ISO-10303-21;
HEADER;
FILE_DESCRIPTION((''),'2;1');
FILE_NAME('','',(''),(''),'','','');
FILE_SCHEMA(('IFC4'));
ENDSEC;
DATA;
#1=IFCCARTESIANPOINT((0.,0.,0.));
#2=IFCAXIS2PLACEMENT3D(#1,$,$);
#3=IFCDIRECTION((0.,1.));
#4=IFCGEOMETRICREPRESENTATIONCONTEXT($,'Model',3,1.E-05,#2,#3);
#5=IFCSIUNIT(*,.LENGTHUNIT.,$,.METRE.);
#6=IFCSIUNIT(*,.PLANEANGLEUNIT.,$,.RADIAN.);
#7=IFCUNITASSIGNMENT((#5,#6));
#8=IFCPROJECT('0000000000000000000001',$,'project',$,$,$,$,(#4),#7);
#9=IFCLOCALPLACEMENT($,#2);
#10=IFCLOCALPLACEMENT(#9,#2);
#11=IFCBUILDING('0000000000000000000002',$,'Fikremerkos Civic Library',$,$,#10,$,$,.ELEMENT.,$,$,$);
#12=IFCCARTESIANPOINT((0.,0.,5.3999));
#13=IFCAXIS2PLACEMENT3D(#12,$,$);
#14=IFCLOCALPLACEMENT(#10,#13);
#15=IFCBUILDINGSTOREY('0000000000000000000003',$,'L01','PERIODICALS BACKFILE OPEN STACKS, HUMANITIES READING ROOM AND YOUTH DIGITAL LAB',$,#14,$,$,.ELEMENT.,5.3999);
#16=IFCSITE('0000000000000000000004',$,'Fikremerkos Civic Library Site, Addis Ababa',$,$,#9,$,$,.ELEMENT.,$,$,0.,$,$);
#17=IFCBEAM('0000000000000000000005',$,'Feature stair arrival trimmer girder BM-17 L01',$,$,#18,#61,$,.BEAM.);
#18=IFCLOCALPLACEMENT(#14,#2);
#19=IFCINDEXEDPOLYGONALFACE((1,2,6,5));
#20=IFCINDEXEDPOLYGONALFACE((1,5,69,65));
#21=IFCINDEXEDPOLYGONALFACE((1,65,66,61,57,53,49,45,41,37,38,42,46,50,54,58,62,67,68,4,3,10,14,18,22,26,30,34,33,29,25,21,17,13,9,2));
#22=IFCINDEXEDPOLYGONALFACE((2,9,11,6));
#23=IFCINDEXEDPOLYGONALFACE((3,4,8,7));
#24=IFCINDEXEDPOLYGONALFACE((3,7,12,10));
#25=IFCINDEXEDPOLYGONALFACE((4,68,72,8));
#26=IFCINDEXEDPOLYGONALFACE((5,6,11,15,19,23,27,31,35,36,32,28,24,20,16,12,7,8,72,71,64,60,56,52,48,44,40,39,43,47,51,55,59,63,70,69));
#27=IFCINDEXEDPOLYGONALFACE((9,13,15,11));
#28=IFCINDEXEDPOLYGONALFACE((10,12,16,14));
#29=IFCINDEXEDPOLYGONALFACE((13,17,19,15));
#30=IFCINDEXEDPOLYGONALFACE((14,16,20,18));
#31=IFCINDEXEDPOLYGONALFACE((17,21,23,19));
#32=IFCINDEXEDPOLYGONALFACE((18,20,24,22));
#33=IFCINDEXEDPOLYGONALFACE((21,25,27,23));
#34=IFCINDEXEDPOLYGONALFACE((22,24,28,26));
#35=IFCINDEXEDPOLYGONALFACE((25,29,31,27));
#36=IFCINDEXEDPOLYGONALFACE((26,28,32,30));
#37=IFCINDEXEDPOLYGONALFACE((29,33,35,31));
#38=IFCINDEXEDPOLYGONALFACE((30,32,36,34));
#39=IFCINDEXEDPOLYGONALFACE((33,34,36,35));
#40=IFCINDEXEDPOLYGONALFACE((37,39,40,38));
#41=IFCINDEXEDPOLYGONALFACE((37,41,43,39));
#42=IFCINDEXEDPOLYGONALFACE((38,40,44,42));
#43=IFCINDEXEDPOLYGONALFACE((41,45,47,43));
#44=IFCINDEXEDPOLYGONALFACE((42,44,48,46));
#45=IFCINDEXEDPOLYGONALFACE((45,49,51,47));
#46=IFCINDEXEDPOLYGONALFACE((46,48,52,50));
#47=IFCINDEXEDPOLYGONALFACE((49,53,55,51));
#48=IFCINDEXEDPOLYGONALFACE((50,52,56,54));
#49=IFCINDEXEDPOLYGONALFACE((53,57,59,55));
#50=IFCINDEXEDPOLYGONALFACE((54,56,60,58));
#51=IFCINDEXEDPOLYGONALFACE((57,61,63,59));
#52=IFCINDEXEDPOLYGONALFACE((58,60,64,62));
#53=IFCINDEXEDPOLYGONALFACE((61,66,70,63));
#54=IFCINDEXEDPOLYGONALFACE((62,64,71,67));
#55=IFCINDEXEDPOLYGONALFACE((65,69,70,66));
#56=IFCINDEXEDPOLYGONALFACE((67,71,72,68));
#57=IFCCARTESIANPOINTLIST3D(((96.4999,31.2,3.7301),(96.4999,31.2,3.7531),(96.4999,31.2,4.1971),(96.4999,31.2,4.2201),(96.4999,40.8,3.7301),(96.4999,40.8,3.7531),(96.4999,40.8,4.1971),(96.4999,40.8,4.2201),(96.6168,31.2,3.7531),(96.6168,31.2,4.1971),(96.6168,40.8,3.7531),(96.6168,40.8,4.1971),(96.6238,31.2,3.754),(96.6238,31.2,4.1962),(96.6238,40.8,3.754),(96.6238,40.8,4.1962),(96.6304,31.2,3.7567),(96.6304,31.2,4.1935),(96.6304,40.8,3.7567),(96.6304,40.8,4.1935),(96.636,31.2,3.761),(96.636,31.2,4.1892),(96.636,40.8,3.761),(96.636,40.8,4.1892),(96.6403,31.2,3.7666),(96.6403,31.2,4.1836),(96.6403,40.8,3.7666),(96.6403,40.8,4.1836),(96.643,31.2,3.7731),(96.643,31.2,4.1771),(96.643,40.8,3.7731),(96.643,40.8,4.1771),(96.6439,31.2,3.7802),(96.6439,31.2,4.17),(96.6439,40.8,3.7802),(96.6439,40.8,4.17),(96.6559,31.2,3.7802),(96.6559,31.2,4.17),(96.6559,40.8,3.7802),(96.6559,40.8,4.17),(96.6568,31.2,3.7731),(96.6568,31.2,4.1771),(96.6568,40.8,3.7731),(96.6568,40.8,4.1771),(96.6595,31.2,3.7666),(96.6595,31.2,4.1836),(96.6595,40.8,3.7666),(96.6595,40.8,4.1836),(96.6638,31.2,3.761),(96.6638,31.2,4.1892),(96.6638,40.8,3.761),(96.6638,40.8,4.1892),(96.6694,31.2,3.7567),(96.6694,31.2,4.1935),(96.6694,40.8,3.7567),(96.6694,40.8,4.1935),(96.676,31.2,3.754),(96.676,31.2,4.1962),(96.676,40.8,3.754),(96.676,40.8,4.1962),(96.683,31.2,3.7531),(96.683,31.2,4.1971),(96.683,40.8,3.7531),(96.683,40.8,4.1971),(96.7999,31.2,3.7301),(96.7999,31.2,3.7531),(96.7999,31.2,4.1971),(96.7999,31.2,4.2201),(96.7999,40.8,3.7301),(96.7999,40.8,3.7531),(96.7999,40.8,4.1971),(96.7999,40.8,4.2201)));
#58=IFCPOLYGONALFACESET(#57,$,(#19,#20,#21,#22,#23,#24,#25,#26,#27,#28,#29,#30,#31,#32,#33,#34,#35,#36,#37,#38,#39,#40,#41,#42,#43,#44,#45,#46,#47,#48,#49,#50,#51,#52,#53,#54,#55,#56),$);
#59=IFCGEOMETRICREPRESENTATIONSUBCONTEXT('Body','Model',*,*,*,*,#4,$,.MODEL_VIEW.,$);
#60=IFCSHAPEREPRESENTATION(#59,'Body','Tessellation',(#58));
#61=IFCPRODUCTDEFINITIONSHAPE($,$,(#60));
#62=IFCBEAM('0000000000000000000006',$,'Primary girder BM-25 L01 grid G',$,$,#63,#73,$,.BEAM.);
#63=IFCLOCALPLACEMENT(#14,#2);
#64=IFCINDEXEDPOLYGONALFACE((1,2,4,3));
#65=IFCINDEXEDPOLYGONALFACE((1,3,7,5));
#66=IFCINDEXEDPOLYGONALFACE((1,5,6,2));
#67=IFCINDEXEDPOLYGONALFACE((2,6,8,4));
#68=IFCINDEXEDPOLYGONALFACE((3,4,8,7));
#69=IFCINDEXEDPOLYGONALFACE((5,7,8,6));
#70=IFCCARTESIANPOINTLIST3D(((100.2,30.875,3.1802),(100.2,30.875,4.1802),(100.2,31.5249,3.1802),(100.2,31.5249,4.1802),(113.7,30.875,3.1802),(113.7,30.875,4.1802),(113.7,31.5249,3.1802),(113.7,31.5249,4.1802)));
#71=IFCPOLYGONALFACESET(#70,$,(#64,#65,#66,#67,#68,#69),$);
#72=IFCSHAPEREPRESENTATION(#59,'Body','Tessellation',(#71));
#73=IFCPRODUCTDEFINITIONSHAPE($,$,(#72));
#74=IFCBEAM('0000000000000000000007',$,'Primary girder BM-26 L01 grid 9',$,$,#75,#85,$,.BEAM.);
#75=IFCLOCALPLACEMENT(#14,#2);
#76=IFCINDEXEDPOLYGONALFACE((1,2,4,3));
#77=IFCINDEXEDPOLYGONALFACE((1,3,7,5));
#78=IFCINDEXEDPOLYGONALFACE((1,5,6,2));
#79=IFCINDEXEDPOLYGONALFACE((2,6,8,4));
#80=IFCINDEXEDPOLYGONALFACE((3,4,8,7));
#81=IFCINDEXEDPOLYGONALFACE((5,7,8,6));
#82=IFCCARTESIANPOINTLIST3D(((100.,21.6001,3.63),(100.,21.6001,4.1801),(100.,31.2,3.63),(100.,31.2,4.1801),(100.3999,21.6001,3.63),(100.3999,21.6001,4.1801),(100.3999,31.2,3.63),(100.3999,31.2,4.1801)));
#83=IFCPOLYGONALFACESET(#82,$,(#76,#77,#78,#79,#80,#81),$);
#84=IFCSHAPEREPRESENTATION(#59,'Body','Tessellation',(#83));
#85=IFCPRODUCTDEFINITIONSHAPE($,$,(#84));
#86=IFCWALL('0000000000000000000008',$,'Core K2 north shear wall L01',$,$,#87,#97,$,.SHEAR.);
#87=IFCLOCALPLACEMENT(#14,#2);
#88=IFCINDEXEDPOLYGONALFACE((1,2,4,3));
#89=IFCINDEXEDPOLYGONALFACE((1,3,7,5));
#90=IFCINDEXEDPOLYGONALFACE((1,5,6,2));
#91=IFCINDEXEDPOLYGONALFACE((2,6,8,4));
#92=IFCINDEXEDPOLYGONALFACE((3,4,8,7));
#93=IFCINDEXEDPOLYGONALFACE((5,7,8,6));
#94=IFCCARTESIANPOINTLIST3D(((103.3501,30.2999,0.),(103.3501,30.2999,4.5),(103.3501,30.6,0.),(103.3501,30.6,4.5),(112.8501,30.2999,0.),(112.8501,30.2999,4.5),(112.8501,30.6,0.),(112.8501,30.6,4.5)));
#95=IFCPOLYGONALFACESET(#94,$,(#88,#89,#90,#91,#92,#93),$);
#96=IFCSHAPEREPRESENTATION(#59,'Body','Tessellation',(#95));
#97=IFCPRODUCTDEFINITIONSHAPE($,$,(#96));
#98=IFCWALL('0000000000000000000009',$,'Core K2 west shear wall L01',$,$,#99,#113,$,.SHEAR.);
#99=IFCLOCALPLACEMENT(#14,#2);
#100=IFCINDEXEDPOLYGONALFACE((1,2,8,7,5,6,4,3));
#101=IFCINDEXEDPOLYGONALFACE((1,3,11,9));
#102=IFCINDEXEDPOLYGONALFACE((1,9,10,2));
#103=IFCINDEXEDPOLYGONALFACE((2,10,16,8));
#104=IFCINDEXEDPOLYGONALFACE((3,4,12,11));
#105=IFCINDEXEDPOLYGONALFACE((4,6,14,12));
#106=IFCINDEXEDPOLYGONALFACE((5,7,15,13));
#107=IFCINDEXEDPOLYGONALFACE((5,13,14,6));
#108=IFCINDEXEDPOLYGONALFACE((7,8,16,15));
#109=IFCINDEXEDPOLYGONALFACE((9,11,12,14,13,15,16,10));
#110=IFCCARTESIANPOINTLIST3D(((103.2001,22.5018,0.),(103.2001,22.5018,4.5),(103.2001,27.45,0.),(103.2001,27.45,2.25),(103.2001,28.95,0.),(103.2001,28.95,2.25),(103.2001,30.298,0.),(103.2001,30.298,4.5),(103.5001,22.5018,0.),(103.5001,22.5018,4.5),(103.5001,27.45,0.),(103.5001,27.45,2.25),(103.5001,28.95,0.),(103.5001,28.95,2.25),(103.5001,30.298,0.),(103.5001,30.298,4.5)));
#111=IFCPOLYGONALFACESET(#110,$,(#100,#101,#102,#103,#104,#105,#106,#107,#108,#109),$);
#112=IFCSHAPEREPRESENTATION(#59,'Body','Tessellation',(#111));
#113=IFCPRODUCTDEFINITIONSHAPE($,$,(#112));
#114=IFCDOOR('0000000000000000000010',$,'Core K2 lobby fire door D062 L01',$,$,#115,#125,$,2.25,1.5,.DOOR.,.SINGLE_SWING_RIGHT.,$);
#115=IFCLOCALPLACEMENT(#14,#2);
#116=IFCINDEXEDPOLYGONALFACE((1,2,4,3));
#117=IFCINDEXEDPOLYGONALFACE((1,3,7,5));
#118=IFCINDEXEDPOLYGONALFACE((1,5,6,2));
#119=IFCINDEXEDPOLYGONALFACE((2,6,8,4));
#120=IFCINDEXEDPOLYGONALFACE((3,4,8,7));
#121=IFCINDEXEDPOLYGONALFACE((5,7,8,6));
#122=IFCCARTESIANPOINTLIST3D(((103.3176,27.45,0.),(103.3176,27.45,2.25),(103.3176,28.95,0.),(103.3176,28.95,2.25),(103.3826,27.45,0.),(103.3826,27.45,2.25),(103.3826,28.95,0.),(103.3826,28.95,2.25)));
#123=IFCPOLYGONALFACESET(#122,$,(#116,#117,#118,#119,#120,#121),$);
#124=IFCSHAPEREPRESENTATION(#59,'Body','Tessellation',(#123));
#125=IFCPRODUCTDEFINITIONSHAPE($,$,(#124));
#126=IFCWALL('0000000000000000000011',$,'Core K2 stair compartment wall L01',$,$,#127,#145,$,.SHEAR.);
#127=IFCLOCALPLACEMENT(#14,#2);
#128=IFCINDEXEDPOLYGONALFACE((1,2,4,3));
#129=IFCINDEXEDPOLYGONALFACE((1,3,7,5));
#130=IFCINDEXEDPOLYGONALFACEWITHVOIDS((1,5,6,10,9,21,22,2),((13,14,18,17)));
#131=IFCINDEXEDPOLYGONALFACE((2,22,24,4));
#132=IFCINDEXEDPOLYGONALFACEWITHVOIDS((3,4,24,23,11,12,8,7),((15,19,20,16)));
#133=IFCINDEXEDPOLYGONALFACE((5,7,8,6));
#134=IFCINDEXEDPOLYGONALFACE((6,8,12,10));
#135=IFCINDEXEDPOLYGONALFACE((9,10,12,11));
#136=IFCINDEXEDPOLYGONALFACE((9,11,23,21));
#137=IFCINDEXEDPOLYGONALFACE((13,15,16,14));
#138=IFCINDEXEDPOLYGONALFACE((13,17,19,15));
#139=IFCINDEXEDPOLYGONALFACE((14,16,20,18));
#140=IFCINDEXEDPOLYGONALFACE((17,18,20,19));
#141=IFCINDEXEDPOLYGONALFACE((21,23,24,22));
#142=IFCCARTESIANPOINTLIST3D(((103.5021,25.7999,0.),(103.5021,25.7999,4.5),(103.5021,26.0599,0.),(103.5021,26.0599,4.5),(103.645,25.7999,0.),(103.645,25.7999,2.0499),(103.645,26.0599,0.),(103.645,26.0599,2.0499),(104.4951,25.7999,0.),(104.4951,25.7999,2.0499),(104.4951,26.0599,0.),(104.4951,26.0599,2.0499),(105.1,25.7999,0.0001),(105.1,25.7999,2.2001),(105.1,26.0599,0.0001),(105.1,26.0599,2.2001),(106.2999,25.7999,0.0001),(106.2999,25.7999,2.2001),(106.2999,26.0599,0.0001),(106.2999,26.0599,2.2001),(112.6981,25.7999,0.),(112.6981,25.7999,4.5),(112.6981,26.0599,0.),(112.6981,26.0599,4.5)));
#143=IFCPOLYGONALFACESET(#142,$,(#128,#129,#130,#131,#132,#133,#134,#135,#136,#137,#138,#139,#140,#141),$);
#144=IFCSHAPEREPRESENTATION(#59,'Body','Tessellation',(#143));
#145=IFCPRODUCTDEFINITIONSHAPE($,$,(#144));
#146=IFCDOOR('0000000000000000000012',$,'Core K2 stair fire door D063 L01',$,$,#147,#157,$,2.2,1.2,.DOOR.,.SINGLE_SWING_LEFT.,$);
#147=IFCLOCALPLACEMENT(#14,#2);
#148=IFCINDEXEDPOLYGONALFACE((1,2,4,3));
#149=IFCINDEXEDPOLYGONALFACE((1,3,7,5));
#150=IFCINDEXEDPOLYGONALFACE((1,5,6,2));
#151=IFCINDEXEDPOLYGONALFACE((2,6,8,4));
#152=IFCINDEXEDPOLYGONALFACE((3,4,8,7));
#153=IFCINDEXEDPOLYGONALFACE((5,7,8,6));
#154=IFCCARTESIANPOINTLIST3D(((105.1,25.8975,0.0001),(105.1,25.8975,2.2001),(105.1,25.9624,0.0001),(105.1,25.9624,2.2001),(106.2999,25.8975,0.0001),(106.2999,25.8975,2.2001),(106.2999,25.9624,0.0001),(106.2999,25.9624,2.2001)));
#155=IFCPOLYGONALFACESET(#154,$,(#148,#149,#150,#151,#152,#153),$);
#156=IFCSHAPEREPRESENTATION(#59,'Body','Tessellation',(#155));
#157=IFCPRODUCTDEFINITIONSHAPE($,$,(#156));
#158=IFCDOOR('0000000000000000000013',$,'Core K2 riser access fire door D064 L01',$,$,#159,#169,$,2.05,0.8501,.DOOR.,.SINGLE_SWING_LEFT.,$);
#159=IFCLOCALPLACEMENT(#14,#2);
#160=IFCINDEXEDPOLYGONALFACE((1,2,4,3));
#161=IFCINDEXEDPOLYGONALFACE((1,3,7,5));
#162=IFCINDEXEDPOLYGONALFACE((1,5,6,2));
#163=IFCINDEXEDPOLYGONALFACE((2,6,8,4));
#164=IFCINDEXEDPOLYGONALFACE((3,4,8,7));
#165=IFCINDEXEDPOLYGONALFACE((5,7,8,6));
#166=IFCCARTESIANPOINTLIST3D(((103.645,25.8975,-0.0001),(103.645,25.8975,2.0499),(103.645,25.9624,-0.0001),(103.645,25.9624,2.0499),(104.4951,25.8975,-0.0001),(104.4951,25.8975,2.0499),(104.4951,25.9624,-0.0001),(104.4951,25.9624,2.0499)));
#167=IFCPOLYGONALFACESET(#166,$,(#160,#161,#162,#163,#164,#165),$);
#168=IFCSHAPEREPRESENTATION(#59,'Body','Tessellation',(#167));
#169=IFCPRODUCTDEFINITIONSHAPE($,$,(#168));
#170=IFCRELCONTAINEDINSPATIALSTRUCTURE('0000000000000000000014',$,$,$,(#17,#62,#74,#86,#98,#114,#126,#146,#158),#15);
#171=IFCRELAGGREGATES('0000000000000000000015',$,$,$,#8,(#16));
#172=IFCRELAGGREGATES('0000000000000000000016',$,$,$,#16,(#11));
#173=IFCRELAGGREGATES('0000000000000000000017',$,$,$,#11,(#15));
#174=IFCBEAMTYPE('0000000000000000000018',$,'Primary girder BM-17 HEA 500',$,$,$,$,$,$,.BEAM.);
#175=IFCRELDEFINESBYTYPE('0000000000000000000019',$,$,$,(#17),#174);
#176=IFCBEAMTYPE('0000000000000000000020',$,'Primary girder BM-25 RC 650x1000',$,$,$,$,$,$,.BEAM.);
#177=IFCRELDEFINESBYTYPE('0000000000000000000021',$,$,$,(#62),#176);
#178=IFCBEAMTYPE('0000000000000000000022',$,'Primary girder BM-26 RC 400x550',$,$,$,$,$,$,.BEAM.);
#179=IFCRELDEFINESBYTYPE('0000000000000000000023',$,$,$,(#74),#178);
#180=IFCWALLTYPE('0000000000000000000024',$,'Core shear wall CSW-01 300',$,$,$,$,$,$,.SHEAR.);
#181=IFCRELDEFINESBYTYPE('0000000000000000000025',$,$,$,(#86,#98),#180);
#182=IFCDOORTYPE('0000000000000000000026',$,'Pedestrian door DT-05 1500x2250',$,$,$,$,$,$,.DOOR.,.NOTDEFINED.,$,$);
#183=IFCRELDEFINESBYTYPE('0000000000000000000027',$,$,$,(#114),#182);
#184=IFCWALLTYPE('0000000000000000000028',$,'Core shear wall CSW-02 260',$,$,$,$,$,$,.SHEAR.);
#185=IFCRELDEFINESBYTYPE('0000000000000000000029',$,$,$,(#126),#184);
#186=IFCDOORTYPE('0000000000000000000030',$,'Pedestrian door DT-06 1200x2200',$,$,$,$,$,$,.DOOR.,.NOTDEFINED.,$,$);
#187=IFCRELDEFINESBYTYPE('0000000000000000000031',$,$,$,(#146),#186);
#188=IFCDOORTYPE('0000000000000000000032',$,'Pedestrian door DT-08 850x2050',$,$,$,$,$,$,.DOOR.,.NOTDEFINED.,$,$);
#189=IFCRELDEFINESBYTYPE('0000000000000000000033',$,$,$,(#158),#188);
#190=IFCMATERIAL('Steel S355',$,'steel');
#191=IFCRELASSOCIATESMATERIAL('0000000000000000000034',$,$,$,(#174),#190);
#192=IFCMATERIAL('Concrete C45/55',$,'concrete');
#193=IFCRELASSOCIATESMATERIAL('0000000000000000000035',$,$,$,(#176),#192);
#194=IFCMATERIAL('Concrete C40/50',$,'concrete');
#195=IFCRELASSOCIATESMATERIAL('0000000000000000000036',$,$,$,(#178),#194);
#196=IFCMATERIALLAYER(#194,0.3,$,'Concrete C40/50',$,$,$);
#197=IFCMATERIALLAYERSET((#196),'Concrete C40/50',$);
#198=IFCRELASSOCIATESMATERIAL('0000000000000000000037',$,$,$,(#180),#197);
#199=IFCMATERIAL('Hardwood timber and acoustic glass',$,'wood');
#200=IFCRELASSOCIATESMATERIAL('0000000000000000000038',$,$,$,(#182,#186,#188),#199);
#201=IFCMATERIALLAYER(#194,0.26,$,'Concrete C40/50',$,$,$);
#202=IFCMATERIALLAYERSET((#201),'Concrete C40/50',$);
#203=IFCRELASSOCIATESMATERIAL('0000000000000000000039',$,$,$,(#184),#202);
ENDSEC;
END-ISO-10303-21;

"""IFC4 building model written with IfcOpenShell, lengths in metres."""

from ifc_helpers import new_model, si_unit, direction, frame, frame_2d, origin, origin_2d, place, context, subcontext, project, spatial, rectangle, i_section, extrude, material, layer, layer_set, material_profile, profile_set, type_object, element, fill, save


model = new_model("IFC4")

# Units and contexts
model_context = context("Model", 3, precision=1e-05, world=origin(), true_north=direction((0.0, 1.0)))
body_context = subcontext(model_context, "Body", "Model", "MODEL_VIEW")
ifc_project = project(units=[si_unit("LENGTHUNIT", "METRE"), si_unit("PLANEANGLEUNIT", "RADIAN")], contexts=[model_context])

# Site, building, storey
site_placement = place(None, origin())
site = spatial("IfcSite", under=ifc_project, at=site_placement, Name="Fikremerkos Civic Library Site, Addis Ababa", CompositionType="ELEMENT", RefElevation=0.0)
building_placement = place(site_placement, origin())
building = spatial("IfcBuilding", under=site, at=building_placement, Name="Fikremerkos Civic Library", CompositionType="ELEMENT")
storey_placement = place(building_placement, frame((0.0, 0.0, 5.3999)))
storey = spatial("IfcBuildingStorey", under=building, at=storey_placement, Name="L01", Description="PERIODICALS BACKFILE OPEN STACKS, HUMANITIES READING ROOM AND YOUTH DIGITAL LAB", CompositionType="ELEMENT", Elevation=5.3999)

# Shared definitions
ifc_material_1 = material(Name="Concrete C40/50", Category="concrete")

# Beams
ifc_material_2 = material(Name="Steel S355", Category="steel")
ifc_material_profile_1 = material_profile(ifc_material_2, i_section(OverallWidth=0.3, OverallDepth=0.49, WebThickness=0.012, FlangeThickness=0.0229, FilletRadius=0.0271, at=origin_2d()), Name="HEA 500")
ifc_profile_set_1 = profile_set([ifc_material_profile_1], Name="Steel S355")
beam_type_1 = type_object("IfcBeamType", Name="Primary girder BM-17 HEA 500", PredefinedType="BEAM", material=ifc_profile_set_1)
beam_1_placement = place(storey_placement, frame((96.6499, 31.2, 3.9751), z_axis=(0.0, 1.0, 0.0), x_axis=(-1.0, 0.0, 0.0)))
element("IfcBeam", 1, at=beam_1_placement, inside=storey, type_object=beam_type_1, Name="Feature stair arrival trimmer girder BM-17 L01", PredefinedType="BEAM", context=body_context, shape_type="SweptSolid", body=[
    extrude(i_section(OverallWidth=0.3, OverallDepth=0.49, WebThickness=0.012, FlangeThickness=0.0229, FilletRadius=0.0271, at=origin_2d()), origin(), (0.0, 0.0, 1.0), 9.6001),
])
ifc_material_3 = material(Name="Concrete C45/55", Category="concrete")
ifc_material_profile_2 = material_profile(ifc_material_3, rectangle(XDim=0.6499, YDim=1.0, at=origin_2d()), Name="RC 650x1000")
ifc_profile_set_2 = profile_set([ifc_material_profile_2], Name="Concrete C45/55")
beam_type_2 = type_object("IfcBeamType", Name="Primary girder BM-25 RC 650x1000", PredefinedType="BEAM", material=ifc_profile_set_2)
beam_2_placement = place(storey_placement, frame((100.2, 31.2, 3.6802), z_axis=(1.0, 0.0, 0.0), x_axis=(0.0, 1.0, 0.0)))
element("IfcBeam", 2, at=beam_2_placement, inside=storey, type_object=beam_type_2, Name="Primary girder BM-25 L01 grid G", PredefinedType="BEAM", context=body_context, shape_type="SweptSolid", body=[
    extrude(rectangle(XDim=0.6499, YDim=1.0, at=origin_2d()), origin(), (0.0, 0.0, 1.0), 13.5),
])
ifc_material_profile_3 = material_profile(ifc_material_1, rectangle(XDim=0.3999, YDim=0.55, at=origin_2d()), Name="RC 400x550")
ifc_profile_set_3 = profile_set([ifc_material_profile_3], Name="Concrete C40/50")
beam_type_3 = type_object("IfcBeamType", Name="Primary girder BM-26 RC 400x550", PredefinedType="BEAM", material=ifc_profile_set_3)
beam_3_placement = place(storey_placement, frame((100.2, 21.6001, 3.905), z_axis=(0.0, 1.0, 0.0), x_axis=(-1.0, 0.0, 0.0)))
element("IfcBeam", 3, at=beam_3_placement, inside=storey, type_object=beam_type_3, Name="Primary girder BM-26 L01 grid 9", PredefinedType="BEAM", context=body_context, shape_type="SweptSolid", body=[
    extrude(rectangle(XDim=0.3999, YDim=0.55, at=origin_2d()), origin(), (0.0, 0.0, 1.0), 9.5999),
])

# Wall
ifc_layer_1 = layer(ifc_material_1, 0.3, Name="Concrete C40/50")
ifc_layer_set_1 = layer_set([ifc_layer_1], Name="Concrete C40/50")
wall_type_1 = type_object("IfcWallType", Name="Core shear wall CSW-01 300", PredefinedType="SHEAR", material=ifc_layer_set_1)
wall_1_placement = place(storey_placement, frame((103.3501, 30.45, 0.0), z_axis=(0.0, 0.0, 1.0), x_axis=(1.0, 0.0, 0.0)))
element("IfcWall", 4, at=wall_1_placement, inside=storey, type_object=wall_type_1, Name="Core K2 north shear wall L01", PredefinedType="SHEAR", context=body_context, shape_type="SweptSolid", body=[
    extrude(rectangle(XDim=9.5, YDim=0.3, at=frame_2d((4.75, 0.0))), origin(), (0.0, 0.0, 1.0), 4.5),
])

# Wall, opening, door
wall_2_placement = place(storey_placement, frame((103.3501, 22.502, 0.0), z_axis=(0.0, 0.0, 1.0), x_axis=(0.0, 1.0, 0.0)))
wall_2 = element("IfcWall", 5, at=wall_2_placement, inside=storey, type_object=wall_type_1, Name="Core K2 west shear wall L01", PredefinedType="SHEAR", context=body_context, shape_type="SweptSolid", body=[
    extrude(rectangle(XDim=7.7961, YDim=0.3, at=frame_2d((3.8979, 0.0))), origin(), (0.0, 0.0, 1.0), 4.5),
])
opening_1_placement = place(wall_2_placement, frame((4.948, 0.0, 0.0)))
opening_1 = element("IfcOpeningElement", 6, at=opening_1_placement, cuts=wall_2, PredefinedType="OPENING", context=body_context, shape_type="SweptSolid", body=[
    extrude(rectangle(XDim=1.5, YDim=2.25, at=frame_2d((0.75, 1.125))), frame((0.0, 0.1599, 0.0), z_axis=(0.0, -1.0, 0.0), x_axis=(1.0, 0.0, 0.0)), (0.0, 0.0, 1.0), 0.3201),
])
ifc_material_4 = material(Name="Hardwood timber and acoustic glass", Category="wood")
door_type_1 = type_object("IfcDoorType", Name="Pedestrian door DT-05 1500x2250", OperationType="NOTDEFINED", PredefinedType="DOOR", material=ifc_material_4)
door_1_placement = place(opening_1_placement, origin())
door_1 = element("IfcDoor", 7, at=door_1_placement, inside=storey, type_object=door_type_1, Name="Core K2 lobby fire door D062 L01", OperationType="SINGLE_SWING_RIGHT", OverallHeight=2.25, OverallWidth=1.5, PredefinedType="DOOR", context=body_context, shape_type="SweptSolid", body=[
    extrude(rectangle(XDim=1.5, YDim=2.25, at=frame_2d((0.75, 1.125))), frame((0.0, 0.0325, 0.0), z_axis=(0.0, -1.0, 0.0), x_axis=(1.0, 0.0, 0.0)), (0.0, 0.0, 1.0), 0.0649),
])
fill(opening_1, door_1)

# Wall, openings, doors
ifc_layer_2 = layer(ifc_material_1, 0.26, Name="Concrete C40/50")
ifc_layer_set_2 = layer_set([ifc_layer_2], Name="Concrete C40/50")
wall_type_2 = type_object("IfcWallType", Name="Core shear wall CSW-02 260", PredefinedType="SHEAR", material=ifc_layer_set_2)
wall_3_placement = place(storey_placement, frame((103.502, 25.9299, 0.0), z_axis=(0.0, 0.0, 1.0), x_axis=(1.0, 0.0, 0.0)))
wall_3 = element("IfcWall", 8, at=wall_3_placement, inside=storey, type_object=wall_type_2, Name="Core K2 stair compartment wall L01", PredefinedType="SHEAR", context=body_context, shape_type="SweptSolid", body=[
    extrude(rectangle(XDim=9.196, YDim=0.26, at=frame_2d((4.5981, 0.0))), origin(), (0.0, 0.0, 1.0), 4.5),
])
opening_2_placement = place(wall_3_placement, frame((1.5979, 0.0, 0.0)))
opening_2 = element("IfcOpeningElement", 9, at=opening_2_placement, cuts=wall_3, PredefinedType="OPENING", context=body_context, shape_type="SweptSolid", body=[
    extrude(rectangle(XDim=1.2, YDim=2.2, at=frame_2d((0.6001, 1.1001))), frame((0.0, 0.1399, 0.0), z_axis=(0.0, -1.0, 0.0), x_axis=(1.0, 0.0, 0.0)), (0.0, 0.0, 1.0), 0.28),
])
opening_3_placement = place(wall_3_placement, frame((0.1431, 0.0, 0.0)))
opening_3 = element("IfcOpeningElement", 10, at=opening_3_placement, cuts=wall_3, PredefinedType="OPENING", context=body_context, shape_type="SweptSolid", body=[
    extrude(rectangle(XDim=0.8501, YDim=2.05, at=frame_2d((0.425, 1.0249))), frame((0.0, 0.1399, 0.0), z_axis=(0.0, -1.0, 0.0), x_axis=(1.0, 0.0, 0.0)), (0.0, 0.0, 1.0), 0.28),
])
door_type_2 = type_object("IfcDoorType", Name="Pedestrian door DT-06 1200x2200", OperationType="NOTDEFINED", PredefinedType="DOOR", material=ifc_material_4)
door_2_placement = place(opening_2_placement, origin())
door_2 = element("IfcDoor", 11, at=door_2_placement, inside=storey, type_object=door_type_2, Name="Core K2 stair fire door D063 L01", OperationType="SINGLE_SWING_LEFT", OverallHeight=2.2, OverallWidth=1.2, PredefinedType="DOOR", context=body_context, shape_type="SweptSolid", body=[
    extrude(rectangle(XDim=1.2, YDim=2.2, at=frame_2d((0.6001, 1.1001))), frame((0.0, 0.0325, 0.0), z_axis=(0.0, -1.0, 0.0), x_axis=(1.0, 0.0, 0.0)), (0.0, 0.0, 1.0), 0.0649),
])
fill(opening_2, door_2)
door_type_3 = type_object("IfcDoorType", Name="Pedestrian door DT-08 850x2050", OperationType="NOTDEFINED", PredefinedType="DOOR", material=ifc_material_4)
door_3_placement = place(opening_3_placement, origin())
door_3 = element("IfcDoor", 12, at=door_3_placement, inside=storey, type_object=door_type_3, Name="Core K2 riser access fire door D064 L01", OperationType="SINGLE_SWING_LEFT", OverallHeight=2.05, OverallWidth=0.8501, PredefinedType="DOOR", context=body_context, shape_type="SweptSolid", body=[
    extrude(rectangle(XDim=0.8501, YDim=2.05, at=frame_2d((0.425, 1.0249))), frame((0.0, 0.0325, 0.0), z_axis=(0.0, -1.0, 0.0), x_axis=(1.0, 0.0, 0.0)), (0.0, 0.0, 1.0), 0.0649),
])
fill(opening_3, door_3)

save(model, "model.ifc")
